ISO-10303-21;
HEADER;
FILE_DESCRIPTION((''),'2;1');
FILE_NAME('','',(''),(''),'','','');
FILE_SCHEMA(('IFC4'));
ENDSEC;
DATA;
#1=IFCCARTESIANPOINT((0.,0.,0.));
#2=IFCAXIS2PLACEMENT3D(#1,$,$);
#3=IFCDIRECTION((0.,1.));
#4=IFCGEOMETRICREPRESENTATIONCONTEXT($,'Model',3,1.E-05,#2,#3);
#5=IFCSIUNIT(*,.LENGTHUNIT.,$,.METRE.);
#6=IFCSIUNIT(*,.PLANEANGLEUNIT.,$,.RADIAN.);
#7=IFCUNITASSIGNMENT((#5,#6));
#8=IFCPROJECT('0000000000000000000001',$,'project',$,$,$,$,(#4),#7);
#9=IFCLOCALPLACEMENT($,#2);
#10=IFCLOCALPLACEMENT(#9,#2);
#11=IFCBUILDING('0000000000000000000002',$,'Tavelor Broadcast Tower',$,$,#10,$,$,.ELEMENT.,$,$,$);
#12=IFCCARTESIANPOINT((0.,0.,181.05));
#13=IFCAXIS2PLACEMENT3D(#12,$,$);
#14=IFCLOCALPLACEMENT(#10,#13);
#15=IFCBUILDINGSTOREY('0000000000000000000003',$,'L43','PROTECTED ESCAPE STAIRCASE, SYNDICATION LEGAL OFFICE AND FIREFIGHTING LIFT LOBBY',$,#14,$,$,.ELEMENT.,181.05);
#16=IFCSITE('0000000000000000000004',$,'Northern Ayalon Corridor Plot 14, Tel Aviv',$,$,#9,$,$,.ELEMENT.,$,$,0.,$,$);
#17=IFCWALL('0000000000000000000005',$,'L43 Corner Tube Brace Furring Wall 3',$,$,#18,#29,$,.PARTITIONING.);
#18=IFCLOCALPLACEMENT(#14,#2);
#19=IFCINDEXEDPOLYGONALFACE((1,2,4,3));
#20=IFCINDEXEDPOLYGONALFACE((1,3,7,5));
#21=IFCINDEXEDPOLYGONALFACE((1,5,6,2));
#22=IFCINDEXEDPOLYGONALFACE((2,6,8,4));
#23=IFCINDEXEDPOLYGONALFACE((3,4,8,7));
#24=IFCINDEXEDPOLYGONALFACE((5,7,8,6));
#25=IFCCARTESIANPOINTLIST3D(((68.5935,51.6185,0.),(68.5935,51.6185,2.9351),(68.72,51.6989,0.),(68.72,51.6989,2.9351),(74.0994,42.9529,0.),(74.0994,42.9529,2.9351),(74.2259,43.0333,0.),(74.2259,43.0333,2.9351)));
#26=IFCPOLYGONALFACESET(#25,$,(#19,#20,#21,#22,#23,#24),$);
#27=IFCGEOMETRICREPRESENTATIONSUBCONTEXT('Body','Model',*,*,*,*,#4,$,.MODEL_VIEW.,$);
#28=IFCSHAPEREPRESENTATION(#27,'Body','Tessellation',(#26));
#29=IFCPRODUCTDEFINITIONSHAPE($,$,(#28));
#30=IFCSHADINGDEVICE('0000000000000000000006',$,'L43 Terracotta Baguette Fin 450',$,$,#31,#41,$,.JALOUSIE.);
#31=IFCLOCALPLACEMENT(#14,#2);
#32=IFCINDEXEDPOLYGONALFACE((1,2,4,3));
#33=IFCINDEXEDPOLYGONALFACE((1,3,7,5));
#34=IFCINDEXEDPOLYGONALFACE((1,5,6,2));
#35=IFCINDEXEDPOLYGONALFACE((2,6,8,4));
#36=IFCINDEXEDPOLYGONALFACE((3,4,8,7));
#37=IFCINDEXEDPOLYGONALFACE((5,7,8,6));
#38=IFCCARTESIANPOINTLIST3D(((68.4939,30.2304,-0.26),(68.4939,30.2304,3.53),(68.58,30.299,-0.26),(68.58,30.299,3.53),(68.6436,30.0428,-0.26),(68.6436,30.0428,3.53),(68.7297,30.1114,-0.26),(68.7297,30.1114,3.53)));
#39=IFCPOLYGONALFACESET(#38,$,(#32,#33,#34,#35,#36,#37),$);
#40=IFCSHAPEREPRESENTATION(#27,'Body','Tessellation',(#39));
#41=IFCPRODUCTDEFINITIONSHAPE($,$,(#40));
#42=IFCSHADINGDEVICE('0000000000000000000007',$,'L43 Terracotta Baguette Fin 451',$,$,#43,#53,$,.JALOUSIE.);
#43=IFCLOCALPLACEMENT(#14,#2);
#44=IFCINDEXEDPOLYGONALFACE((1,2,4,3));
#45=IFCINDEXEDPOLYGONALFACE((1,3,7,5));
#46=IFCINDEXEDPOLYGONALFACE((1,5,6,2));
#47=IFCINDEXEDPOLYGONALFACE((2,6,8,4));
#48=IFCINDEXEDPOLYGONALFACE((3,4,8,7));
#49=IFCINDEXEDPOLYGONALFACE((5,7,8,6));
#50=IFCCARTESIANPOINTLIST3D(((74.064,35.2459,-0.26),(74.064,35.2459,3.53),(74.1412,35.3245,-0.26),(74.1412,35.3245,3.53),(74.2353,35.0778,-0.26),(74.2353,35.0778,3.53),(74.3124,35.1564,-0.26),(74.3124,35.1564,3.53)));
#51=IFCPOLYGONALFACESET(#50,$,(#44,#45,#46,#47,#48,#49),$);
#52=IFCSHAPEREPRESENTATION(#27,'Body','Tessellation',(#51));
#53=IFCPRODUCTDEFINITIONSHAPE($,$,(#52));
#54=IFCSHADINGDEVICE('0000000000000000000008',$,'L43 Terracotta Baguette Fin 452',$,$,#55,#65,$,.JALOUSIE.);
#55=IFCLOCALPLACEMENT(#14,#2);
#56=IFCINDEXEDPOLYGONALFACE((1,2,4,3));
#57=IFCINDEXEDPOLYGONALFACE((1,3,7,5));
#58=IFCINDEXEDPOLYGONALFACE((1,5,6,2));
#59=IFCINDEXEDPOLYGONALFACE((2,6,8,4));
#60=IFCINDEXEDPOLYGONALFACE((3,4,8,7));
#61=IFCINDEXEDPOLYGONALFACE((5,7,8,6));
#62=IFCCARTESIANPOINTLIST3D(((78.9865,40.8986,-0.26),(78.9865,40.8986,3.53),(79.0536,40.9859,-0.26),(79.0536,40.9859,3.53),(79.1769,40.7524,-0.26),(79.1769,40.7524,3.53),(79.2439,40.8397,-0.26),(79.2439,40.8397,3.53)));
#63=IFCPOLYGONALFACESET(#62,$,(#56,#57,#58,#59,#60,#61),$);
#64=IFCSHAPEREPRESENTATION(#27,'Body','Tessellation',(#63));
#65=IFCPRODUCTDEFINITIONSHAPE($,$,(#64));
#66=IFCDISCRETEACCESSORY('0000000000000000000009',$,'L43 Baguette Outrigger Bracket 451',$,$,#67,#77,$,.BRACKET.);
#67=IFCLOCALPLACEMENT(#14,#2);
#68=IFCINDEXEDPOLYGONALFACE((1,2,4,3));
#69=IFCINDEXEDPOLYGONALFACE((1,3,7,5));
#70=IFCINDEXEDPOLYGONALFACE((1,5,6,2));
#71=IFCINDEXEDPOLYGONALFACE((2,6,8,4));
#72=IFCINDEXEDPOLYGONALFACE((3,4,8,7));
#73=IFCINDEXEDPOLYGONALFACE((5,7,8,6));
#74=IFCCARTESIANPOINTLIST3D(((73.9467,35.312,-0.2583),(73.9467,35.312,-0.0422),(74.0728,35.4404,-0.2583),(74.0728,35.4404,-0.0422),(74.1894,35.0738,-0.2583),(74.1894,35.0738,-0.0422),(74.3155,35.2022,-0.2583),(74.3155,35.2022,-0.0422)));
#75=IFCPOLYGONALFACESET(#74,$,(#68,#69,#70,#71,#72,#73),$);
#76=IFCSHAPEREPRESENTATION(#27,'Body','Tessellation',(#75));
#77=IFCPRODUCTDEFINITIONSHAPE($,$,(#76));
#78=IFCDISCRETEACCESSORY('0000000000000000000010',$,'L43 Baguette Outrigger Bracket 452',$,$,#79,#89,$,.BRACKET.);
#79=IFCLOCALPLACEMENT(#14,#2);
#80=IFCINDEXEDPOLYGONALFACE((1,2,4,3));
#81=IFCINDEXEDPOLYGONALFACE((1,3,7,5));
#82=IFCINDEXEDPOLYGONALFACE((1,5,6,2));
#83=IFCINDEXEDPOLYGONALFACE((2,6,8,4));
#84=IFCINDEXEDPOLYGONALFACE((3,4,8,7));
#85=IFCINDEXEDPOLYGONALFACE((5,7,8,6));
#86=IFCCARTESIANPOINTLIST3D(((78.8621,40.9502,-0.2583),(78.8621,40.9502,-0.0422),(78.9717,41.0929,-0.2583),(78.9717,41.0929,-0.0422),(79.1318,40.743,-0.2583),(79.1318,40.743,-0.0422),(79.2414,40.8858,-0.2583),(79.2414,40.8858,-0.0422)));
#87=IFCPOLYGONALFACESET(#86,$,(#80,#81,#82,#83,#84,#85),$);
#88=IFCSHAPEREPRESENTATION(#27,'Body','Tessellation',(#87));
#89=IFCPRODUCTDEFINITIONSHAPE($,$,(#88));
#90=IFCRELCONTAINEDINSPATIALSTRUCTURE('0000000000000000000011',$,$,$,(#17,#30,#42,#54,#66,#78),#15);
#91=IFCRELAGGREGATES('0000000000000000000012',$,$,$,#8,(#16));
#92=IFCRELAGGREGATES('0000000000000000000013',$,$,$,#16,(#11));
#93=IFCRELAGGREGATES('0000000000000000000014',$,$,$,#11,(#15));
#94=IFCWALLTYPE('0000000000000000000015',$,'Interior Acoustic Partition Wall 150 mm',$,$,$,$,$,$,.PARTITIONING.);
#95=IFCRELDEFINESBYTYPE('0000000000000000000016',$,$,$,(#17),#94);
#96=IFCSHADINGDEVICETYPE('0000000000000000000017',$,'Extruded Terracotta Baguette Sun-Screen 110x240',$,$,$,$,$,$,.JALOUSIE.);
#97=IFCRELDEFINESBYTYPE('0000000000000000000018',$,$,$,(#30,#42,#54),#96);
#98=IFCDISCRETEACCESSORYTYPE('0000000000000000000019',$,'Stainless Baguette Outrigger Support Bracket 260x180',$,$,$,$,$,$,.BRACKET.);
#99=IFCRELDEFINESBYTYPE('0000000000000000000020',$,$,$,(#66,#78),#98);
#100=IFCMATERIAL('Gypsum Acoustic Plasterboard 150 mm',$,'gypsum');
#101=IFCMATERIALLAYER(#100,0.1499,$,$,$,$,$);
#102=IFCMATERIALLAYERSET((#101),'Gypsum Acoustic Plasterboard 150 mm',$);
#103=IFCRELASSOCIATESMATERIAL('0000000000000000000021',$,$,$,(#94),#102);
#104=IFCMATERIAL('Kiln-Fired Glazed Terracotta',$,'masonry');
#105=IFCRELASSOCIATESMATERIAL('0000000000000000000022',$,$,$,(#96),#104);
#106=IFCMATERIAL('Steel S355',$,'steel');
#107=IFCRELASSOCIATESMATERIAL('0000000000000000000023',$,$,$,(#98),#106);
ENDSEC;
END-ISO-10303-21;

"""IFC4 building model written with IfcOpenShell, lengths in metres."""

from ifc_helpers import new_model, si_unit, direction, frame, frame_2d, origin, origin_2d, place, context, subcontext, project, spatial, rectangle, extrude, source, transform, mapped, material, layer, layer_set, type_object, type_shapes, element, save


model = new_model("IFC4")

# Units and contexts
model_context = context("Model", 3, precision=1e-05, world=origin(), true_north=direction((0.0, 1.0)))
body_context = subcontext(model_context, "Body", "Model", "MODEL_VIEW")
ifc_project = project(units=[si_unit("LENGTHUNIT", "METRE"), si_unit("PLANEANGLEUNIT", "RADIAN")], contexts=[model_context])

# Site, building, storey
site_placement = place(None, origin())
site = spatial("IfcSite", under=ifc_project, at=site_placement, Name="Northern Ayalon Corridor Plot 14, Tel Aviv", CompositionType="ELEMENT", RefElevation=0.0)
building_placement = place(site_placement, origin())
building = spatial("IfcBuilding", under=site, at=building_placement, Name="Tavelor Broadcast Tower", CompositionType="ELEMENT")
storey_placement = place(building_placement, frame((0.0, 0.0, 181.05)))
storey = spatial("IfcBuildingStorey", under=building, at=storey_placement, Name="L43", Description="PROTECTED ESCAPE STAIRCASE, SYNDICATION LEGAL OFFICE AND FIREFIGHTING LIFT LOBBY", CompositionType="ELEMENT", Elevation=181.05)

# Shared definitions
ifc_material_1 = material(Name="Steel S355", Category="steel")

# Wall
ifc_material_2 = material(Name="Gypsum Acoustic Plasterboard 150 mm", Category="gypsum")
ifc_layer_1 = layer(ifc_material_2, 0.1499)
ifc_layer_set_1 = layer_set([ifc_layer_1], Name="Gypsum Acoustic Plasterboard 150 mm")
wall_type_1 = type_object("IfcWallType", Name="Interior Acoustic Partition Wall 150 mm", PredefinedType="PARTITIONING", material=ifc_layer_set_1)
wall_1_placement = place(storey_placement, frame((74.1626, 42.9932, 0.0), z_axis=(0.0, 0.0, 1.0), x_axis=(-0.536281, 0.844039, 0.0)))
element("IfcWall", 1, at=wall_1_placement, inside=storey, type_object=wall_type_1, Name="L43 Corner Tube Brace Furring Wall 3", PredefinedType="PARTITIONING", context=body_context, shape_type="SweptSolid", body=[
    extrude(rectangle(XDim=10.2668, YDim=0.1499, at=frame_2d((5.1333, 0.0))), origin(), (0.0, 0.0, 1.0), 2.9351),
])

# Shading devices
ifc_material_3 = material(Name="Kiln-Fired Glazed Terracotta", Category="masonry")
shading_device_type = type_object("IfcShadingDeviceType", Name="Extruded Terracotta Baguette Sun-Screen 110x240", PredefinedType="JALOUSIE", material=ifc_material_3)
shared_shape_1 = source(origin(), body_context, "Body", "SweptSolid", [
    extrude(rectangle(XDim=0.1101, YDim=0.24, at=origin_2d()), origin(), (0.0, 0.0, 1.0), 3.79),
])
type_shapes(shading_device_type, [shared_shape_1])
for number, where, z_axis, x_axis, name in (
    (2, (68.6118, 30.1709, -0.26), (0.0, 0.0, 1.0), (0.781738, 0.623607, 0.0), "L43 Terracotta Baguette Fin 450"),
    (3, (74.1882, 35.2012, -0.26), (0.0, 0.0, 1.0), (0.700536, 0.713617, 0.0), "L43 Terracotta Baguette Fin 451"),
    (4, (79.1152, 40.8691, -0.26), (0.0, 0.0, 1.0), (0.609038, 0.793141, 0.0), "L43 Terracotta Baguette Fin 452"),
):
    element("IfcShadingDevice", number, at=place(storey_placement, frame(where, z_axis=z_axis, x_axis=x_axis)), inside=storey, type_object=shading_device_type, Name=name, PredefinedType="JALOUSIE", context=body_context, shape_type="MappedRepresentation", body=[
        mapped(shared_shape_1, transform((0.0, 0.0, 0.0), scale=1.0)),
    ])

# Discrete accessories
discrete_accessory_type = type_object("IfcDiscreteAccessoryType", Name="Stainless Baguette Outrigger Support Bracket 260x180", PredefinedType="BRACKET", material=ifc_material_1)
shared_shape_2 = source(origin(), body_context, "Body", "SweptSolid", [
    extrude(rectangle(XDim=0.1799, YDim=0.3401, at=origin_2d()), origin(), (0.0, 0.0, 1.0), 0.2161),
])
type_shapes(discrete_accessory_type, [shared_shape_2])
for number, where, z_axis, x_axis, name in (
    (5, (74.1311, 35.2571, -0.2583), (0.0, 0.0, 1.0), (0.700536, 0.713617, 0.0), "L43 Baguette Outrigger Bracket 451"),
    (6, (79.0518, 40.918, -0.2583), (0.0, 0.0, 1.0), (0.609038, 0.793141, 0.0), "L43 Baguette Outrigger Bracket 452"),
):
    element("IfcDiscreteAccessory", number, at=place(storey_placement, frame(where, z_axis=z_axis, x_axis=x_axis)), inside=storey, type_object=discrete_accessory_type, Name=name, PredefinedType="BRACKET", context=body_context, shape_type="MappedRepresentation", body=[
        mapped(shared_shape_2, transform((0.0, 0.0, 0.0), scale=1.0)),
    ])

save(model, "model.ifc")
